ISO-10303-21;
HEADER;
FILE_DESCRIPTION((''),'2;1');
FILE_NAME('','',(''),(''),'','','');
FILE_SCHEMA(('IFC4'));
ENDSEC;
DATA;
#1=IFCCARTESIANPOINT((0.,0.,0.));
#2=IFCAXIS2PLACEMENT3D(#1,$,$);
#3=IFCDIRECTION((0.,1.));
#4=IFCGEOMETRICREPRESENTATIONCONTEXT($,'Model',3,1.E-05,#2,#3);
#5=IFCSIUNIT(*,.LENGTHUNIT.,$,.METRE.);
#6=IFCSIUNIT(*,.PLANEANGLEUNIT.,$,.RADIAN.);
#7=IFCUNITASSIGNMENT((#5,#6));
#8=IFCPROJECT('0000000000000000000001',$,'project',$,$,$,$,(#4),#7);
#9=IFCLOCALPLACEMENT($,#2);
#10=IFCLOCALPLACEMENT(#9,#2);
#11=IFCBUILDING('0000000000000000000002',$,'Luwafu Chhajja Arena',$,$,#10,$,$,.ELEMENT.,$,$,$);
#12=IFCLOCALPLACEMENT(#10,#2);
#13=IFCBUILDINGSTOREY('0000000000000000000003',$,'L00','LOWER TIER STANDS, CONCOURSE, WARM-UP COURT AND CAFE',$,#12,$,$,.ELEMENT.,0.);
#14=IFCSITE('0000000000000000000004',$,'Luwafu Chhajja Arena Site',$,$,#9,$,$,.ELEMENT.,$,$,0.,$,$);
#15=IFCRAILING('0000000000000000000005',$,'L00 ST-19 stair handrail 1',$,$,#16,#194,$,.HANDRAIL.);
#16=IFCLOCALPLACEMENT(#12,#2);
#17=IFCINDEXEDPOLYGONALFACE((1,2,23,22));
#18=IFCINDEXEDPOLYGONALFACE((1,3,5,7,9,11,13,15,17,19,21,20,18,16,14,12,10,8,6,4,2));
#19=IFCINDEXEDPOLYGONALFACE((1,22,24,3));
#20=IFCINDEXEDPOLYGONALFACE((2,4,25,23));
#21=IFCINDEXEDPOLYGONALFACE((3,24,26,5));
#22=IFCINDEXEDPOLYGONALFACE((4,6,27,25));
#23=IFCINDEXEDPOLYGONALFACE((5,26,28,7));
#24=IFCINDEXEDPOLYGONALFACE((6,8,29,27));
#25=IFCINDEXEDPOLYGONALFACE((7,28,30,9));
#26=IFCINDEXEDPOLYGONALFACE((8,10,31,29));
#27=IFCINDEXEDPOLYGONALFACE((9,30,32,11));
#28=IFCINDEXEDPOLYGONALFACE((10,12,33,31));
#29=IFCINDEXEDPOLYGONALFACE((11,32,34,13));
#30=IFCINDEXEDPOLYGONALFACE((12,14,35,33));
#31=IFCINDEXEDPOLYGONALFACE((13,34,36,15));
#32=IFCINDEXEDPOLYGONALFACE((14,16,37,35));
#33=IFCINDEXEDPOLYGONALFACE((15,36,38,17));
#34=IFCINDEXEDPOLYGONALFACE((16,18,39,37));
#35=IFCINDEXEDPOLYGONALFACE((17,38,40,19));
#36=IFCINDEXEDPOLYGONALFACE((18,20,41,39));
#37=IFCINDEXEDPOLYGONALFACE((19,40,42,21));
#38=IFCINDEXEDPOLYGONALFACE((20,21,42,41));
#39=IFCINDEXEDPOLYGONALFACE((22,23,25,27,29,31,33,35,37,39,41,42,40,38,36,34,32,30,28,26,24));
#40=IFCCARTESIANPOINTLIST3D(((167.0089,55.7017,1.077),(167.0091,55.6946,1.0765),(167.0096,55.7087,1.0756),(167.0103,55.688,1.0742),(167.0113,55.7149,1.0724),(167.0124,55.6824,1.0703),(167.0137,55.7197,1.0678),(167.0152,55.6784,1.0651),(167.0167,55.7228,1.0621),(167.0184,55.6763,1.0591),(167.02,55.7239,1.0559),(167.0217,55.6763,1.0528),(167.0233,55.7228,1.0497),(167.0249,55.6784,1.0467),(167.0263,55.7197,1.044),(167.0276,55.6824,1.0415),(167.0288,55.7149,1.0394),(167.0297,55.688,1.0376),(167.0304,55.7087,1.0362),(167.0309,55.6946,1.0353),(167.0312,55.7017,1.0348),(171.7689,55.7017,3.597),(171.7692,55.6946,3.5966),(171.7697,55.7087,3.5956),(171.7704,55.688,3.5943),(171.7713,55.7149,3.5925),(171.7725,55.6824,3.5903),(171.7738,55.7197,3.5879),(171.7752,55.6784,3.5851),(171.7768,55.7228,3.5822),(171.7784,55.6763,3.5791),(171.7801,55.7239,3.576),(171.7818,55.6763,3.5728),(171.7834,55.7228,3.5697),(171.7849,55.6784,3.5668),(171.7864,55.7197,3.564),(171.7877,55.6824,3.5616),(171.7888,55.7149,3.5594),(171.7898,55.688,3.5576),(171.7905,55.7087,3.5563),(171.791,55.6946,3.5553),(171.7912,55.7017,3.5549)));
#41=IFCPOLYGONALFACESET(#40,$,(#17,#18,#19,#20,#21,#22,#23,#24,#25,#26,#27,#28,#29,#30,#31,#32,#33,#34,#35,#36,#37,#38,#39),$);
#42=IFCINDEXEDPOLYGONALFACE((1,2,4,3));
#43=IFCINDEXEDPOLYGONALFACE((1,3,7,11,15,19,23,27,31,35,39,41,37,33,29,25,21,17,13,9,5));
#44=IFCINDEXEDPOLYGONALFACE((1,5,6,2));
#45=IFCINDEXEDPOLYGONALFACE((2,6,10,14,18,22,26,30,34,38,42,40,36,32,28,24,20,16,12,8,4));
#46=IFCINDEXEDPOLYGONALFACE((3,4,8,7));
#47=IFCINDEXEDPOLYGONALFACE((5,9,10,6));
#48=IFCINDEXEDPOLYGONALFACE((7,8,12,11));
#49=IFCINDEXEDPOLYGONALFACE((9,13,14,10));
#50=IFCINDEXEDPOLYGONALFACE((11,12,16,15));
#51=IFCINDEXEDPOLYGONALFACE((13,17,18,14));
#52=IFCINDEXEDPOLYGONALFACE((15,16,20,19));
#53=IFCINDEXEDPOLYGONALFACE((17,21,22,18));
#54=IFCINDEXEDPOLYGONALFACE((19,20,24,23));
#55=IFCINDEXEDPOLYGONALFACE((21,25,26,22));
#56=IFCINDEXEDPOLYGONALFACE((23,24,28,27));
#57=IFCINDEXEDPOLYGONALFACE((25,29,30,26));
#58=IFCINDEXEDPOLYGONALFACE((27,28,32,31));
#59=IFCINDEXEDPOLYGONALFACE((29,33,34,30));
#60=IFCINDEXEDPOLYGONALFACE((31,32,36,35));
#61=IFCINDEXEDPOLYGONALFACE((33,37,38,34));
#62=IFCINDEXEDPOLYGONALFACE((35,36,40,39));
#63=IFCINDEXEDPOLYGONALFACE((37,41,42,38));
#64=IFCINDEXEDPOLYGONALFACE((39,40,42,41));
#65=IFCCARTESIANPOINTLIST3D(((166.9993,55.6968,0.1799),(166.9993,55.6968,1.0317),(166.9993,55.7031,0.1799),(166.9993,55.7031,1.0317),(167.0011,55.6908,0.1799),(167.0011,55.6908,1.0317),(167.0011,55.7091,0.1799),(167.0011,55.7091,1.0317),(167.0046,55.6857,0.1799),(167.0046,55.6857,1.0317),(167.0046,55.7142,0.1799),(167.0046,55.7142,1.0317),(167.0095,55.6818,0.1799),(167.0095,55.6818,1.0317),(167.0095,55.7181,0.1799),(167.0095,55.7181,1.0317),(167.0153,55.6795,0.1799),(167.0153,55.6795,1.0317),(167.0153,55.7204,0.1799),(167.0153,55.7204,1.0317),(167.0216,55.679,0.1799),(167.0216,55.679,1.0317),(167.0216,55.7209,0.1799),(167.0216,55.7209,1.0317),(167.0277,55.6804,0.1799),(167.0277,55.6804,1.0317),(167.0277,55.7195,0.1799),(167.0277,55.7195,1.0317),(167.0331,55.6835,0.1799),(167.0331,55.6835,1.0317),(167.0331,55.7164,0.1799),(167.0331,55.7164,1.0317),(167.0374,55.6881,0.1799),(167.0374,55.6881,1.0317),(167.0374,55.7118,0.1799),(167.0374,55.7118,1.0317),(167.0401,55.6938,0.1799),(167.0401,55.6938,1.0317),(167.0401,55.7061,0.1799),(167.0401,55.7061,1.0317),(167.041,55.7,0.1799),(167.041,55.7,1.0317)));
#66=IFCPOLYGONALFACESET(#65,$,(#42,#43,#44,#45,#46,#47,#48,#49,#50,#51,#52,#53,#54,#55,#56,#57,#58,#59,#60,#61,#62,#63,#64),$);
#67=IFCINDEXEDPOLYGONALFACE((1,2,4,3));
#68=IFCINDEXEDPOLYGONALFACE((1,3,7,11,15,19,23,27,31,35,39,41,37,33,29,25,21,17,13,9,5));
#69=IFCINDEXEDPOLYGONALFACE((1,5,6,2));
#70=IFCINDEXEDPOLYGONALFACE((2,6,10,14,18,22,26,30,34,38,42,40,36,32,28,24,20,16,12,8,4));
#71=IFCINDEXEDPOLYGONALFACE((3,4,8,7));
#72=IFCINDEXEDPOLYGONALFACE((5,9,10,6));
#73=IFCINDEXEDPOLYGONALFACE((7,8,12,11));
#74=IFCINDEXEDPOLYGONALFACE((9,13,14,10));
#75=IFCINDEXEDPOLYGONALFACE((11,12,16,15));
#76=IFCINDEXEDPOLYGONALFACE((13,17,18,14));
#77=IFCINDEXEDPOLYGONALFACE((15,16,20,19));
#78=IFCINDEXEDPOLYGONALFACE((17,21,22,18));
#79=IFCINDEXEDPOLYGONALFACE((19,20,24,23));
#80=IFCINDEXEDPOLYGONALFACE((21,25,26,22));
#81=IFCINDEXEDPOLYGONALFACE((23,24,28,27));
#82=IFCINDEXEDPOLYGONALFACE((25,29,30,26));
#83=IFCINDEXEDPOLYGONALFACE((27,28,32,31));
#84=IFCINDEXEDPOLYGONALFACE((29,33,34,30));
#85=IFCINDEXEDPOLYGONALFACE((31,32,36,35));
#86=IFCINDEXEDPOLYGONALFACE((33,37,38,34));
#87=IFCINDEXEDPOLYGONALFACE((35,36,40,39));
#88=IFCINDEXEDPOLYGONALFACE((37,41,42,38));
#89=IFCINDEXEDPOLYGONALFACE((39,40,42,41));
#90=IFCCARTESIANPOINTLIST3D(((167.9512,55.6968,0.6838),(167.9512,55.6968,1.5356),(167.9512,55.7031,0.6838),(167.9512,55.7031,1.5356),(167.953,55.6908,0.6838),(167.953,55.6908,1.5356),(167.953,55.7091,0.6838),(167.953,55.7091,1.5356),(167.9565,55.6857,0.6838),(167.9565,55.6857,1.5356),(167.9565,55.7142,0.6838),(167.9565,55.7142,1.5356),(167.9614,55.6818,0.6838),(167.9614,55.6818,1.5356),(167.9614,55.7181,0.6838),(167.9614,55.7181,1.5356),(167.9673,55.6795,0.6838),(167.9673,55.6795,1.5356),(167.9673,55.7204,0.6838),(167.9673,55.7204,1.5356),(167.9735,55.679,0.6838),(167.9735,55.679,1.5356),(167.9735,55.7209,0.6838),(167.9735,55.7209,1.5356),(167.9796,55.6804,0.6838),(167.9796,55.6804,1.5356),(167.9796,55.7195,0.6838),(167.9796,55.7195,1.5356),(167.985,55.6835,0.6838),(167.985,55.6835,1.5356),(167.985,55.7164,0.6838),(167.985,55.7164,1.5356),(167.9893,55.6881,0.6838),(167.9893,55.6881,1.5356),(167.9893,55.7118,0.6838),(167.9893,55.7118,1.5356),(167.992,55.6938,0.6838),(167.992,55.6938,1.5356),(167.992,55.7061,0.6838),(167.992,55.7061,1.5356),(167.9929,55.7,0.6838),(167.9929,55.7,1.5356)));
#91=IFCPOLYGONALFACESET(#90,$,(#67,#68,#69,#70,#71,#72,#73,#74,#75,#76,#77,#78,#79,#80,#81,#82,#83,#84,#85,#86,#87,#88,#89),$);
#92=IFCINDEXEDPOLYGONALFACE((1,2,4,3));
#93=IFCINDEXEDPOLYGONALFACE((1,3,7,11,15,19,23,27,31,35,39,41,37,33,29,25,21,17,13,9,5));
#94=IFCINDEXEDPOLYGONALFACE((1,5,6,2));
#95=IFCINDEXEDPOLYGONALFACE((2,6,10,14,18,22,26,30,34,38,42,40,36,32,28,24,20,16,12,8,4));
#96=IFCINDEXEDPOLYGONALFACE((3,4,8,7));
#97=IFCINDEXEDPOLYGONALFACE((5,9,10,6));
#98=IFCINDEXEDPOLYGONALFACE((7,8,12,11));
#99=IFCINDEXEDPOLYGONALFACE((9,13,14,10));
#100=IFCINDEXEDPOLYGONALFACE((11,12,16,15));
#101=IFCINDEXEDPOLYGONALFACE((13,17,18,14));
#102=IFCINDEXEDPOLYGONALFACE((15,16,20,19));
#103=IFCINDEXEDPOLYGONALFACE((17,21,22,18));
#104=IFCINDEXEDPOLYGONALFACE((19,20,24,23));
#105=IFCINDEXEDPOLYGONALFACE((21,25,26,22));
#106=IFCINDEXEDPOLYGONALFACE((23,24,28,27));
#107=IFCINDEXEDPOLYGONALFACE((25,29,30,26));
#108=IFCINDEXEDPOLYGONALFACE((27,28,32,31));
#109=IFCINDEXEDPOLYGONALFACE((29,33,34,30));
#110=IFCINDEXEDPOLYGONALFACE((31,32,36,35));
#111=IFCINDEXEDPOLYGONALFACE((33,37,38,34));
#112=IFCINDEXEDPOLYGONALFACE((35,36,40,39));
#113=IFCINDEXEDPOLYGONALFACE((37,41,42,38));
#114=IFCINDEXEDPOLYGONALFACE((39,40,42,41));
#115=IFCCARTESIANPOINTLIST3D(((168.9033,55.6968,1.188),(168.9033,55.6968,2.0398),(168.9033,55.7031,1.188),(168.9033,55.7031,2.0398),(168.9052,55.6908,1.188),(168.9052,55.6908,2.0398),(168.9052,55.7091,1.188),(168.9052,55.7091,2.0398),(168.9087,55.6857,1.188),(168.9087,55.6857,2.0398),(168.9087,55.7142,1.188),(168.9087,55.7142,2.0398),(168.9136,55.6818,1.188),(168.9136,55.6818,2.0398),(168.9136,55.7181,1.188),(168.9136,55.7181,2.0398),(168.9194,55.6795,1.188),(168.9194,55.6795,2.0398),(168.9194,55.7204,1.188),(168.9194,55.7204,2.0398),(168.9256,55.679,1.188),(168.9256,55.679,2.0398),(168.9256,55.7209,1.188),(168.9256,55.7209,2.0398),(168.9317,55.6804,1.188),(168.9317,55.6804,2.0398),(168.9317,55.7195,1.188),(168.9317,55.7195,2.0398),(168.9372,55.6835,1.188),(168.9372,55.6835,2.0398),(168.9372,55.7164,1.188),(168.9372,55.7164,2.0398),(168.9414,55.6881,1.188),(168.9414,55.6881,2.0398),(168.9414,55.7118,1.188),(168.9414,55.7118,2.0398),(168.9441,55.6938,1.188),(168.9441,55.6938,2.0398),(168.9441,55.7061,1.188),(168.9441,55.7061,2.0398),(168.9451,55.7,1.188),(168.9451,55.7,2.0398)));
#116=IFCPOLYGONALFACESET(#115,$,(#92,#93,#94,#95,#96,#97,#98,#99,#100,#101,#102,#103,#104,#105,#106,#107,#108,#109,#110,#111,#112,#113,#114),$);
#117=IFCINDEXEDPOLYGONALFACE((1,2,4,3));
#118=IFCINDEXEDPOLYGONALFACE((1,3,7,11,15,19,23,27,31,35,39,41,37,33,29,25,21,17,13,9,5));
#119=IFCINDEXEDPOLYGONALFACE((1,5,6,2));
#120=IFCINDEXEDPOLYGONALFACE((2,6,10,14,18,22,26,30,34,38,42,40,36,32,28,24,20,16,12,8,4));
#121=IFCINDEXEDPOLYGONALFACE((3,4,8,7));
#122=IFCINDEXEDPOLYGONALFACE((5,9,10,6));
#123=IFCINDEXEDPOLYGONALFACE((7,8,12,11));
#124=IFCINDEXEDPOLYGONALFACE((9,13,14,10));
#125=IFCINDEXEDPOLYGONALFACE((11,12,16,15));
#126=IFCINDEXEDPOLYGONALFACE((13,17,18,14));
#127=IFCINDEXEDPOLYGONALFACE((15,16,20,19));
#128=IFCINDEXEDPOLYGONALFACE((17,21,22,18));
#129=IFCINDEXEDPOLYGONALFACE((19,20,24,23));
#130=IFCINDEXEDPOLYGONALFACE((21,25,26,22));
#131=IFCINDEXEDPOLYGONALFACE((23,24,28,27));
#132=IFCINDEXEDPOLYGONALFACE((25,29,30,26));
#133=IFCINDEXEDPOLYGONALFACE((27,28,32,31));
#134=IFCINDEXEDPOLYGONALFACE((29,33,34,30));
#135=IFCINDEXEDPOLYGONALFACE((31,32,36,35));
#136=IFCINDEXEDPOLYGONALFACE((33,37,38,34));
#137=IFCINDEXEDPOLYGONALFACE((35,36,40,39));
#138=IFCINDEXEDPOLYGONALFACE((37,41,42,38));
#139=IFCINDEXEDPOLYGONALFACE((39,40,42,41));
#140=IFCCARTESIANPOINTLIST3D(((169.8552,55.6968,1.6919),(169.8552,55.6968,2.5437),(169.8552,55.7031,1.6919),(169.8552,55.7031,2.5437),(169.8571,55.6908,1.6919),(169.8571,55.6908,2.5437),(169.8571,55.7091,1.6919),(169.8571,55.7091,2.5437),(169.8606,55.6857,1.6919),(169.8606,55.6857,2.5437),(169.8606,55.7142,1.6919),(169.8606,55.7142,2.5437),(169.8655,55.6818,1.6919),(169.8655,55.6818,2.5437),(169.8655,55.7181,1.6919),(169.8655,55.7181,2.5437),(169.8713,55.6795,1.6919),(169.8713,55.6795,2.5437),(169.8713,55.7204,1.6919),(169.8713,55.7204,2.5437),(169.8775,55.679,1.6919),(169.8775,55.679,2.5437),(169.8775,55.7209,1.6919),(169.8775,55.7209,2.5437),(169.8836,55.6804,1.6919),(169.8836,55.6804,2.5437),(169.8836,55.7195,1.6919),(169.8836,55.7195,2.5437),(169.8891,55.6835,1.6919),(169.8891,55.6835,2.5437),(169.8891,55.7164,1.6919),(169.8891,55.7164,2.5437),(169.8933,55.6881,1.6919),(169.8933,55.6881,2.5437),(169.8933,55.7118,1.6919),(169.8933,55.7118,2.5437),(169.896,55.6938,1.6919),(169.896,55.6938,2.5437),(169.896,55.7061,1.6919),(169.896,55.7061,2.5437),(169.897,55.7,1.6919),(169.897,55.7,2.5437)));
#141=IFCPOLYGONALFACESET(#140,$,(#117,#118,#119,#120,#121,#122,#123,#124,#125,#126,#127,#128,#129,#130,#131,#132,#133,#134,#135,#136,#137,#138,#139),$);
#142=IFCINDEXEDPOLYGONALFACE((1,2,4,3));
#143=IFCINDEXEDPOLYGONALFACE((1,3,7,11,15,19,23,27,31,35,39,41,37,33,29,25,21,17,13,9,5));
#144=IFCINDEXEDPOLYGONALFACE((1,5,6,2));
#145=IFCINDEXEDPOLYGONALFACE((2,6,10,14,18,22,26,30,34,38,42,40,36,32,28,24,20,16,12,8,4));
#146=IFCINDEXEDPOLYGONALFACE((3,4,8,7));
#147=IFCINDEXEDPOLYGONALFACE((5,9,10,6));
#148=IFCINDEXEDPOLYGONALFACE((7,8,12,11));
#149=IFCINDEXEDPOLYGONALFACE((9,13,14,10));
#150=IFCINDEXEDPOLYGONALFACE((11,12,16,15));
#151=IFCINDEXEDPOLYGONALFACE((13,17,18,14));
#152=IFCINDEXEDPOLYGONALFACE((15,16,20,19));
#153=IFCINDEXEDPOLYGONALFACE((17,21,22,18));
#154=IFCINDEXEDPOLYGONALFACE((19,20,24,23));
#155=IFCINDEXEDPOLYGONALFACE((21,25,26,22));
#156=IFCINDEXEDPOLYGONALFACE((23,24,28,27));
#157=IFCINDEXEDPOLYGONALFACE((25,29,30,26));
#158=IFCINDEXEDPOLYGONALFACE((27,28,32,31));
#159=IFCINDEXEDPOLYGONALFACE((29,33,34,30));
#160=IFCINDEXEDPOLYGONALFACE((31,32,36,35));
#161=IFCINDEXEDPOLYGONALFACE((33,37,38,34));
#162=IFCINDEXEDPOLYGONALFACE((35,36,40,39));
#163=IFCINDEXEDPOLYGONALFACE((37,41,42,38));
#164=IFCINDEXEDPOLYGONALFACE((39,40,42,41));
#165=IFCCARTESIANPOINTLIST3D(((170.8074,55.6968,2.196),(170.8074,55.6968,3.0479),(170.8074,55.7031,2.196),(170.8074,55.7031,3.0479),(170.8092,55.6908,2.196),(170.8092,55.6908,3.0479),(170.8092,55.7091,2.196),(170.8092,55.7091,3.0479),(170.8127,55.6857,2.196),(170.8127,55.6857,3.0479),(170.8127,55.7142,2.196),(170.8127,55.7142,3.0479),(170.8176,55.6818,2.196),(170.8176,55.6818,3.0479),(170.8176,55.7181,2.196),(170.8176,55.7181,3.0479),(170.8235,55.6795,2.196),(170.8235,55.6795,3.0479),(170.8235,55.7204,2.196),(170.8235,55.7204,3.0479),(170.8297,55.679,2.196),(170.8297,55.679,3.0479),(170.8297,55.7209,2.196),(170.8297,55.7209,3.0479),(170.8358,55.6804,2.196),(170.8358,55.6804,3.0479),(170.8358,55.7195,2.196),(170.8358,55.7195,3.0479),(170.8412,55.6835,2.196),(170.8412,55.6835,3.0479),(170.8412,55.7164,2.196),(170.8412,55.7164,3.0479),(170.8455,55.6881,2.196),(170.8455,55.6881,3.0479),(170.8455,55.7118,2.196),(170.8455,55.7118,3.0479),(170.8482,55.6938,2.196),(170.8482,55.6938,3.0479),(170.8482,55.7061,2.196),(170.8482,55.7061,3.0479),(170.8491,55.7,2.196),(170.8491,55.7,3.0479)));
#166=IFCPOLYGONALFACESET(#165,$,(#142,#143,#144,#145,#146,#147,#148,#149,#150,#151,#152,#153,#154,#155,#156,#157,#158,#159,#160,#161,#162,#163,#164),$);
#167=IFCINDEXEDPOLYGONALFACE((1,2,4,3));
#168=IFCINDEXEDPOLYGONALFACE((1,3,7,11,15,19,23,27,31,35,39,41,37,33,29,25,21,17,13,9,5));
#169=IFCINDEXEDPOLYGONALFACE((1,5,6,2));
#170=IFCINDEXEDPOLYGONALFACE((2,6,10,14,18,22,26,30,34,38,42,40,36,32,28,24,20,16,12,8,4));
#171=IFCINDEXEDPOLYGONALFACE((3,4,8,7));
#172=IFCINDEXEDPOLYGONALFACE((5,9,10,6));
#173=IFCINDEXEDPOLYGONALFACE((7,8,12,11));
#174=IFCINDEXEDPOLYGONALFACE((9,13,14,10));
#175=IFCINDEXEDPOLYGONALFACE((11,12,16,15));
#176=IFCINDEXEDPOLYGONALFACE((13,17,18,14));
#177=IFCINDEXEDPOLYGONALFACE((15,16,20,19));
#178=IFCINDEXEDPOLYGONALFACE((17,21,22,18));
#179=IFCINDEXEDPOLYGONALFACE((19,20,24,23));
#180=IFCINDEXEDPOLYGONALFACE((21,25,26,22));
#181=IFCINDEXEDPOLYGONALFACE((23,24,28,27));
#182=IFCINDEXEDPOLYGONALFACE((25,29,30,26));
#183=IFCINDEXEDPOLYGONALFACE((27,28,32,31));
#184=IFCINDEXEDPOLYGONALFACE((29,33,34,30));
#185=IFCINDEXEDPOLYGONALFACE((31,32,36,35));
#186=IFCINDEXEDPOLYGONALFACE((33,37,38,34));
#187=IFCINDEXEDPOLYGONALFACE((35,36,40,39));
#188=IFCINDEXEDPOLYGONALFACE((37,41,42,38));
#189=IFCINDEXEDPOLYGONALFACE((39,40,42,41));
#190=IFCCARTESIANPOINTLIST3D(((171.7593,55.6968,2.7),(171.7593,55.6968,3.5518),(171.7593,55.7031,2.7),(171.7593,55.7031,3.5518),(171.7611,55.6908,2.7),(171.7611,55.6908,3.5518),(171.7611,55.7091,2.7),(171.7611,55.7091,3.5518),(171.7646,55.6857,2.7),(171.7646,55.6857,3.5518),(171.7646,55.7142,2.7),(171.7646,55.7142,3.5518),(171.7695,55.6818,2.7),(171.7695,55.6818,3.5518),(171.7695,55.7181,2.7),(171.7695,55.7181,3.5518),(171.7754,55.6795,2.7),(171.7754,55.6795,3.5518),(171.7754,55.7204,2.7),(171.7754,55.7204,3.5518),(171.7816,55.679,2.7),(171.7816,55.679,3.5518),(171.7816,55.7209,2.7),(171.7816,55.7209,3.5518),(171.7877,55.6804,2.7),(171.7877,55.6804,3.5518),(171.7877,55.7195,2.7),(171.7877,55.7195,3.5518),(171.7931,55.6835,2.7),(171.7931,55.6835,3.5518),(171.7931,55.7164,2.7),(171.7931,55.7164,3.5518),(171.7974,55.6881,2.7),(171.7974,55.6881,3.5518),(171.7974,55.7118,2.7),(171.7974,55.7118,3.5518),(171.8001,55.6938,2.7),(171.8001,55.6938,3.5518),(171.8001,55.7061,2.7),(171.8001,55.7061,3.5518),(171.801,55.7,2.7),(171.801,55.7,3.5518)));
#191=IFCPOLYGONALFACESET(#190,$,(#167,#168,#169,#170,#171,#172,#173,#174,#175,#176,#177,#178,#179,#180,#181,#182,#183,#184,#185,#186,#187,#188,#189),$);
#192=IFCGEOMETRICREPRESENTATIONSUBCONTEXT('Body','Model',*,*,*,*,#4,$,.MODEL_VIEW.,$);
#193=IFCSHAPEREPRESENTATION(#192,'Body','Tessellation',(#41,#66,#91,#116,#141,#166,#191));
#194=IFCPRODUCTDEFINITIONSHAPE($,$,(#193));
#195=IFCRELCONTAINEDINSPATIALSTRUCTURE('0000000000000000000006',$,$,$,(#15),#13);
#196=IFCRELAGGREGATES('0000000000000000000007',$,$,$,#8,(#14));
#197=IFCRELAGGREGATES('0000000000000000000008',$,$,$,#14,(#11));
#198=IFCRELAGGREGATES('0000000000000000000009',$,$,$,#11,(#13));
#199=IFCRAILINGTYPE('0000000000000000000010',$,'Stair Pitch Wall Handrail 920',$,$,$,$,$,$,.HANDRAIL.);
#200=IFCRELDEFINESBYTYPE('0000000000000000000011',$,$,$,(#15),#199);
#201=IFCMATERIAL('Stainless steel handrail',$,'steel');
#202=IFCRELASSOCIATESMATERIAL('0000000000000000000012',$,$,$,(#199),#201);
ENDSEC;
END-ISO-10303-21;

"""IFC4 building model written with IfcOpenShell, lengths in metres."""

from ifc_helpers import new_model, si_unit, direction, frame, origin, origin_2d, place, context, subcontext, project, spatial, circle, extrude, material, type_object, element, save


model = new_model("IFC4")

# Units and contexts
model_context = context("Model", 3, precision=1e-05, world=origin(), true_north=direction((0.0, 1.0)))
body_context = subcontext(model_context, "Body", "Model", "MODEL_VIEW")
ifc_project = project(units=[si_unit("LENGTHUNIT", "METRE"), si_unit("PLANEANGLEUNIT", "RADIAN")], contexts=[model_context])

# Site, building, storey
site_placement = place(None, origin())
site = spatial("IfcSite", under=ifc_project, at=site_placement, Name="Luwafu Chhajja Arena Site", CompositionType="ELEMENT", RefElevation=0.0)
building_placement = place(site_placement, origin())
building = spatial("IfcBuilding", under=site, at=building_placement, Name="Luwafu Chhajja Arena", CompositionType="ELEMENT")
storey_placement = place(building_placement, origin())
storey = spatial("IfcBuildingStorey", under=building, at=storey_placement, Name="L00", Description="LOWER TIER STANDS, CONCOURSE, WARM-UP COURT AND CAFE", CompositionType="ELEMENT", Elevation=0.0)

# Railing
ifc_material_1 = material(Name="Stainless steel handrail", Category="steel")
railing_type_1 = type_object("IfcRailingType", Name="Stair Pitch Wall Handrail 920", PredefinedType="HANDRAIL", material=ifc_material_1)
for number, where, name in (
    (1, (167.02, 55.7, 0.1799), "L00 ST-19 stair handrail 1"),
):
    element("IfcRailing", number, at=place(storey_placement, frame(where)), inside=storey, type_object=railing_type_1, Name=name, PredefinedType="HANDRAIL", context=body_context, shape_type="SweptSolid", body=[
        extrude(circle(Radius=0.0239, at=origin_2d()), frame((0.0, 0.0, 0.876), z_axis=(0.883787, 0.0, 0.46789), x_axis=(0.0, 1.0, 0.0)), (0.0, 0.0, 1.0), 5.386),
        extrude(circle(Radius=0.021, at=origin_2d()), origin(), (0.0, 0.0, 1.0), 0.8518),
        extrude(circle(Radius=0.021, at=origin_2d()), frame((0.9519, 0.0, 0.5039)), (0.0, 0.0, 1.0), 0.8518),
        extrude(circle(Radius=0.021, at=origin_2d()), frame((1.9041, 0.0, 1.0081)), (0.0, 0.0, 1.0), 0.8518),
        extrude(circle(Radius=0.021, at=origin_2d()), frame((2.856, 0.0, 1.512)), (0.0, 0.0, 1.0), 0.8518),
        extrude(circle(Radius=0.021, at=origin_2d()), frame((3.8081, 0.0, 2.0161)), (0.0, 0.0, 1.0), 0.8518),
        extrude(circle(Radius=0.021, at=origin_2d()), frame((4.76, 0.0, 2.52)), (0.0, 0.0, 1.0), 0.8518),
    ])

save(model, "model.ifc")
